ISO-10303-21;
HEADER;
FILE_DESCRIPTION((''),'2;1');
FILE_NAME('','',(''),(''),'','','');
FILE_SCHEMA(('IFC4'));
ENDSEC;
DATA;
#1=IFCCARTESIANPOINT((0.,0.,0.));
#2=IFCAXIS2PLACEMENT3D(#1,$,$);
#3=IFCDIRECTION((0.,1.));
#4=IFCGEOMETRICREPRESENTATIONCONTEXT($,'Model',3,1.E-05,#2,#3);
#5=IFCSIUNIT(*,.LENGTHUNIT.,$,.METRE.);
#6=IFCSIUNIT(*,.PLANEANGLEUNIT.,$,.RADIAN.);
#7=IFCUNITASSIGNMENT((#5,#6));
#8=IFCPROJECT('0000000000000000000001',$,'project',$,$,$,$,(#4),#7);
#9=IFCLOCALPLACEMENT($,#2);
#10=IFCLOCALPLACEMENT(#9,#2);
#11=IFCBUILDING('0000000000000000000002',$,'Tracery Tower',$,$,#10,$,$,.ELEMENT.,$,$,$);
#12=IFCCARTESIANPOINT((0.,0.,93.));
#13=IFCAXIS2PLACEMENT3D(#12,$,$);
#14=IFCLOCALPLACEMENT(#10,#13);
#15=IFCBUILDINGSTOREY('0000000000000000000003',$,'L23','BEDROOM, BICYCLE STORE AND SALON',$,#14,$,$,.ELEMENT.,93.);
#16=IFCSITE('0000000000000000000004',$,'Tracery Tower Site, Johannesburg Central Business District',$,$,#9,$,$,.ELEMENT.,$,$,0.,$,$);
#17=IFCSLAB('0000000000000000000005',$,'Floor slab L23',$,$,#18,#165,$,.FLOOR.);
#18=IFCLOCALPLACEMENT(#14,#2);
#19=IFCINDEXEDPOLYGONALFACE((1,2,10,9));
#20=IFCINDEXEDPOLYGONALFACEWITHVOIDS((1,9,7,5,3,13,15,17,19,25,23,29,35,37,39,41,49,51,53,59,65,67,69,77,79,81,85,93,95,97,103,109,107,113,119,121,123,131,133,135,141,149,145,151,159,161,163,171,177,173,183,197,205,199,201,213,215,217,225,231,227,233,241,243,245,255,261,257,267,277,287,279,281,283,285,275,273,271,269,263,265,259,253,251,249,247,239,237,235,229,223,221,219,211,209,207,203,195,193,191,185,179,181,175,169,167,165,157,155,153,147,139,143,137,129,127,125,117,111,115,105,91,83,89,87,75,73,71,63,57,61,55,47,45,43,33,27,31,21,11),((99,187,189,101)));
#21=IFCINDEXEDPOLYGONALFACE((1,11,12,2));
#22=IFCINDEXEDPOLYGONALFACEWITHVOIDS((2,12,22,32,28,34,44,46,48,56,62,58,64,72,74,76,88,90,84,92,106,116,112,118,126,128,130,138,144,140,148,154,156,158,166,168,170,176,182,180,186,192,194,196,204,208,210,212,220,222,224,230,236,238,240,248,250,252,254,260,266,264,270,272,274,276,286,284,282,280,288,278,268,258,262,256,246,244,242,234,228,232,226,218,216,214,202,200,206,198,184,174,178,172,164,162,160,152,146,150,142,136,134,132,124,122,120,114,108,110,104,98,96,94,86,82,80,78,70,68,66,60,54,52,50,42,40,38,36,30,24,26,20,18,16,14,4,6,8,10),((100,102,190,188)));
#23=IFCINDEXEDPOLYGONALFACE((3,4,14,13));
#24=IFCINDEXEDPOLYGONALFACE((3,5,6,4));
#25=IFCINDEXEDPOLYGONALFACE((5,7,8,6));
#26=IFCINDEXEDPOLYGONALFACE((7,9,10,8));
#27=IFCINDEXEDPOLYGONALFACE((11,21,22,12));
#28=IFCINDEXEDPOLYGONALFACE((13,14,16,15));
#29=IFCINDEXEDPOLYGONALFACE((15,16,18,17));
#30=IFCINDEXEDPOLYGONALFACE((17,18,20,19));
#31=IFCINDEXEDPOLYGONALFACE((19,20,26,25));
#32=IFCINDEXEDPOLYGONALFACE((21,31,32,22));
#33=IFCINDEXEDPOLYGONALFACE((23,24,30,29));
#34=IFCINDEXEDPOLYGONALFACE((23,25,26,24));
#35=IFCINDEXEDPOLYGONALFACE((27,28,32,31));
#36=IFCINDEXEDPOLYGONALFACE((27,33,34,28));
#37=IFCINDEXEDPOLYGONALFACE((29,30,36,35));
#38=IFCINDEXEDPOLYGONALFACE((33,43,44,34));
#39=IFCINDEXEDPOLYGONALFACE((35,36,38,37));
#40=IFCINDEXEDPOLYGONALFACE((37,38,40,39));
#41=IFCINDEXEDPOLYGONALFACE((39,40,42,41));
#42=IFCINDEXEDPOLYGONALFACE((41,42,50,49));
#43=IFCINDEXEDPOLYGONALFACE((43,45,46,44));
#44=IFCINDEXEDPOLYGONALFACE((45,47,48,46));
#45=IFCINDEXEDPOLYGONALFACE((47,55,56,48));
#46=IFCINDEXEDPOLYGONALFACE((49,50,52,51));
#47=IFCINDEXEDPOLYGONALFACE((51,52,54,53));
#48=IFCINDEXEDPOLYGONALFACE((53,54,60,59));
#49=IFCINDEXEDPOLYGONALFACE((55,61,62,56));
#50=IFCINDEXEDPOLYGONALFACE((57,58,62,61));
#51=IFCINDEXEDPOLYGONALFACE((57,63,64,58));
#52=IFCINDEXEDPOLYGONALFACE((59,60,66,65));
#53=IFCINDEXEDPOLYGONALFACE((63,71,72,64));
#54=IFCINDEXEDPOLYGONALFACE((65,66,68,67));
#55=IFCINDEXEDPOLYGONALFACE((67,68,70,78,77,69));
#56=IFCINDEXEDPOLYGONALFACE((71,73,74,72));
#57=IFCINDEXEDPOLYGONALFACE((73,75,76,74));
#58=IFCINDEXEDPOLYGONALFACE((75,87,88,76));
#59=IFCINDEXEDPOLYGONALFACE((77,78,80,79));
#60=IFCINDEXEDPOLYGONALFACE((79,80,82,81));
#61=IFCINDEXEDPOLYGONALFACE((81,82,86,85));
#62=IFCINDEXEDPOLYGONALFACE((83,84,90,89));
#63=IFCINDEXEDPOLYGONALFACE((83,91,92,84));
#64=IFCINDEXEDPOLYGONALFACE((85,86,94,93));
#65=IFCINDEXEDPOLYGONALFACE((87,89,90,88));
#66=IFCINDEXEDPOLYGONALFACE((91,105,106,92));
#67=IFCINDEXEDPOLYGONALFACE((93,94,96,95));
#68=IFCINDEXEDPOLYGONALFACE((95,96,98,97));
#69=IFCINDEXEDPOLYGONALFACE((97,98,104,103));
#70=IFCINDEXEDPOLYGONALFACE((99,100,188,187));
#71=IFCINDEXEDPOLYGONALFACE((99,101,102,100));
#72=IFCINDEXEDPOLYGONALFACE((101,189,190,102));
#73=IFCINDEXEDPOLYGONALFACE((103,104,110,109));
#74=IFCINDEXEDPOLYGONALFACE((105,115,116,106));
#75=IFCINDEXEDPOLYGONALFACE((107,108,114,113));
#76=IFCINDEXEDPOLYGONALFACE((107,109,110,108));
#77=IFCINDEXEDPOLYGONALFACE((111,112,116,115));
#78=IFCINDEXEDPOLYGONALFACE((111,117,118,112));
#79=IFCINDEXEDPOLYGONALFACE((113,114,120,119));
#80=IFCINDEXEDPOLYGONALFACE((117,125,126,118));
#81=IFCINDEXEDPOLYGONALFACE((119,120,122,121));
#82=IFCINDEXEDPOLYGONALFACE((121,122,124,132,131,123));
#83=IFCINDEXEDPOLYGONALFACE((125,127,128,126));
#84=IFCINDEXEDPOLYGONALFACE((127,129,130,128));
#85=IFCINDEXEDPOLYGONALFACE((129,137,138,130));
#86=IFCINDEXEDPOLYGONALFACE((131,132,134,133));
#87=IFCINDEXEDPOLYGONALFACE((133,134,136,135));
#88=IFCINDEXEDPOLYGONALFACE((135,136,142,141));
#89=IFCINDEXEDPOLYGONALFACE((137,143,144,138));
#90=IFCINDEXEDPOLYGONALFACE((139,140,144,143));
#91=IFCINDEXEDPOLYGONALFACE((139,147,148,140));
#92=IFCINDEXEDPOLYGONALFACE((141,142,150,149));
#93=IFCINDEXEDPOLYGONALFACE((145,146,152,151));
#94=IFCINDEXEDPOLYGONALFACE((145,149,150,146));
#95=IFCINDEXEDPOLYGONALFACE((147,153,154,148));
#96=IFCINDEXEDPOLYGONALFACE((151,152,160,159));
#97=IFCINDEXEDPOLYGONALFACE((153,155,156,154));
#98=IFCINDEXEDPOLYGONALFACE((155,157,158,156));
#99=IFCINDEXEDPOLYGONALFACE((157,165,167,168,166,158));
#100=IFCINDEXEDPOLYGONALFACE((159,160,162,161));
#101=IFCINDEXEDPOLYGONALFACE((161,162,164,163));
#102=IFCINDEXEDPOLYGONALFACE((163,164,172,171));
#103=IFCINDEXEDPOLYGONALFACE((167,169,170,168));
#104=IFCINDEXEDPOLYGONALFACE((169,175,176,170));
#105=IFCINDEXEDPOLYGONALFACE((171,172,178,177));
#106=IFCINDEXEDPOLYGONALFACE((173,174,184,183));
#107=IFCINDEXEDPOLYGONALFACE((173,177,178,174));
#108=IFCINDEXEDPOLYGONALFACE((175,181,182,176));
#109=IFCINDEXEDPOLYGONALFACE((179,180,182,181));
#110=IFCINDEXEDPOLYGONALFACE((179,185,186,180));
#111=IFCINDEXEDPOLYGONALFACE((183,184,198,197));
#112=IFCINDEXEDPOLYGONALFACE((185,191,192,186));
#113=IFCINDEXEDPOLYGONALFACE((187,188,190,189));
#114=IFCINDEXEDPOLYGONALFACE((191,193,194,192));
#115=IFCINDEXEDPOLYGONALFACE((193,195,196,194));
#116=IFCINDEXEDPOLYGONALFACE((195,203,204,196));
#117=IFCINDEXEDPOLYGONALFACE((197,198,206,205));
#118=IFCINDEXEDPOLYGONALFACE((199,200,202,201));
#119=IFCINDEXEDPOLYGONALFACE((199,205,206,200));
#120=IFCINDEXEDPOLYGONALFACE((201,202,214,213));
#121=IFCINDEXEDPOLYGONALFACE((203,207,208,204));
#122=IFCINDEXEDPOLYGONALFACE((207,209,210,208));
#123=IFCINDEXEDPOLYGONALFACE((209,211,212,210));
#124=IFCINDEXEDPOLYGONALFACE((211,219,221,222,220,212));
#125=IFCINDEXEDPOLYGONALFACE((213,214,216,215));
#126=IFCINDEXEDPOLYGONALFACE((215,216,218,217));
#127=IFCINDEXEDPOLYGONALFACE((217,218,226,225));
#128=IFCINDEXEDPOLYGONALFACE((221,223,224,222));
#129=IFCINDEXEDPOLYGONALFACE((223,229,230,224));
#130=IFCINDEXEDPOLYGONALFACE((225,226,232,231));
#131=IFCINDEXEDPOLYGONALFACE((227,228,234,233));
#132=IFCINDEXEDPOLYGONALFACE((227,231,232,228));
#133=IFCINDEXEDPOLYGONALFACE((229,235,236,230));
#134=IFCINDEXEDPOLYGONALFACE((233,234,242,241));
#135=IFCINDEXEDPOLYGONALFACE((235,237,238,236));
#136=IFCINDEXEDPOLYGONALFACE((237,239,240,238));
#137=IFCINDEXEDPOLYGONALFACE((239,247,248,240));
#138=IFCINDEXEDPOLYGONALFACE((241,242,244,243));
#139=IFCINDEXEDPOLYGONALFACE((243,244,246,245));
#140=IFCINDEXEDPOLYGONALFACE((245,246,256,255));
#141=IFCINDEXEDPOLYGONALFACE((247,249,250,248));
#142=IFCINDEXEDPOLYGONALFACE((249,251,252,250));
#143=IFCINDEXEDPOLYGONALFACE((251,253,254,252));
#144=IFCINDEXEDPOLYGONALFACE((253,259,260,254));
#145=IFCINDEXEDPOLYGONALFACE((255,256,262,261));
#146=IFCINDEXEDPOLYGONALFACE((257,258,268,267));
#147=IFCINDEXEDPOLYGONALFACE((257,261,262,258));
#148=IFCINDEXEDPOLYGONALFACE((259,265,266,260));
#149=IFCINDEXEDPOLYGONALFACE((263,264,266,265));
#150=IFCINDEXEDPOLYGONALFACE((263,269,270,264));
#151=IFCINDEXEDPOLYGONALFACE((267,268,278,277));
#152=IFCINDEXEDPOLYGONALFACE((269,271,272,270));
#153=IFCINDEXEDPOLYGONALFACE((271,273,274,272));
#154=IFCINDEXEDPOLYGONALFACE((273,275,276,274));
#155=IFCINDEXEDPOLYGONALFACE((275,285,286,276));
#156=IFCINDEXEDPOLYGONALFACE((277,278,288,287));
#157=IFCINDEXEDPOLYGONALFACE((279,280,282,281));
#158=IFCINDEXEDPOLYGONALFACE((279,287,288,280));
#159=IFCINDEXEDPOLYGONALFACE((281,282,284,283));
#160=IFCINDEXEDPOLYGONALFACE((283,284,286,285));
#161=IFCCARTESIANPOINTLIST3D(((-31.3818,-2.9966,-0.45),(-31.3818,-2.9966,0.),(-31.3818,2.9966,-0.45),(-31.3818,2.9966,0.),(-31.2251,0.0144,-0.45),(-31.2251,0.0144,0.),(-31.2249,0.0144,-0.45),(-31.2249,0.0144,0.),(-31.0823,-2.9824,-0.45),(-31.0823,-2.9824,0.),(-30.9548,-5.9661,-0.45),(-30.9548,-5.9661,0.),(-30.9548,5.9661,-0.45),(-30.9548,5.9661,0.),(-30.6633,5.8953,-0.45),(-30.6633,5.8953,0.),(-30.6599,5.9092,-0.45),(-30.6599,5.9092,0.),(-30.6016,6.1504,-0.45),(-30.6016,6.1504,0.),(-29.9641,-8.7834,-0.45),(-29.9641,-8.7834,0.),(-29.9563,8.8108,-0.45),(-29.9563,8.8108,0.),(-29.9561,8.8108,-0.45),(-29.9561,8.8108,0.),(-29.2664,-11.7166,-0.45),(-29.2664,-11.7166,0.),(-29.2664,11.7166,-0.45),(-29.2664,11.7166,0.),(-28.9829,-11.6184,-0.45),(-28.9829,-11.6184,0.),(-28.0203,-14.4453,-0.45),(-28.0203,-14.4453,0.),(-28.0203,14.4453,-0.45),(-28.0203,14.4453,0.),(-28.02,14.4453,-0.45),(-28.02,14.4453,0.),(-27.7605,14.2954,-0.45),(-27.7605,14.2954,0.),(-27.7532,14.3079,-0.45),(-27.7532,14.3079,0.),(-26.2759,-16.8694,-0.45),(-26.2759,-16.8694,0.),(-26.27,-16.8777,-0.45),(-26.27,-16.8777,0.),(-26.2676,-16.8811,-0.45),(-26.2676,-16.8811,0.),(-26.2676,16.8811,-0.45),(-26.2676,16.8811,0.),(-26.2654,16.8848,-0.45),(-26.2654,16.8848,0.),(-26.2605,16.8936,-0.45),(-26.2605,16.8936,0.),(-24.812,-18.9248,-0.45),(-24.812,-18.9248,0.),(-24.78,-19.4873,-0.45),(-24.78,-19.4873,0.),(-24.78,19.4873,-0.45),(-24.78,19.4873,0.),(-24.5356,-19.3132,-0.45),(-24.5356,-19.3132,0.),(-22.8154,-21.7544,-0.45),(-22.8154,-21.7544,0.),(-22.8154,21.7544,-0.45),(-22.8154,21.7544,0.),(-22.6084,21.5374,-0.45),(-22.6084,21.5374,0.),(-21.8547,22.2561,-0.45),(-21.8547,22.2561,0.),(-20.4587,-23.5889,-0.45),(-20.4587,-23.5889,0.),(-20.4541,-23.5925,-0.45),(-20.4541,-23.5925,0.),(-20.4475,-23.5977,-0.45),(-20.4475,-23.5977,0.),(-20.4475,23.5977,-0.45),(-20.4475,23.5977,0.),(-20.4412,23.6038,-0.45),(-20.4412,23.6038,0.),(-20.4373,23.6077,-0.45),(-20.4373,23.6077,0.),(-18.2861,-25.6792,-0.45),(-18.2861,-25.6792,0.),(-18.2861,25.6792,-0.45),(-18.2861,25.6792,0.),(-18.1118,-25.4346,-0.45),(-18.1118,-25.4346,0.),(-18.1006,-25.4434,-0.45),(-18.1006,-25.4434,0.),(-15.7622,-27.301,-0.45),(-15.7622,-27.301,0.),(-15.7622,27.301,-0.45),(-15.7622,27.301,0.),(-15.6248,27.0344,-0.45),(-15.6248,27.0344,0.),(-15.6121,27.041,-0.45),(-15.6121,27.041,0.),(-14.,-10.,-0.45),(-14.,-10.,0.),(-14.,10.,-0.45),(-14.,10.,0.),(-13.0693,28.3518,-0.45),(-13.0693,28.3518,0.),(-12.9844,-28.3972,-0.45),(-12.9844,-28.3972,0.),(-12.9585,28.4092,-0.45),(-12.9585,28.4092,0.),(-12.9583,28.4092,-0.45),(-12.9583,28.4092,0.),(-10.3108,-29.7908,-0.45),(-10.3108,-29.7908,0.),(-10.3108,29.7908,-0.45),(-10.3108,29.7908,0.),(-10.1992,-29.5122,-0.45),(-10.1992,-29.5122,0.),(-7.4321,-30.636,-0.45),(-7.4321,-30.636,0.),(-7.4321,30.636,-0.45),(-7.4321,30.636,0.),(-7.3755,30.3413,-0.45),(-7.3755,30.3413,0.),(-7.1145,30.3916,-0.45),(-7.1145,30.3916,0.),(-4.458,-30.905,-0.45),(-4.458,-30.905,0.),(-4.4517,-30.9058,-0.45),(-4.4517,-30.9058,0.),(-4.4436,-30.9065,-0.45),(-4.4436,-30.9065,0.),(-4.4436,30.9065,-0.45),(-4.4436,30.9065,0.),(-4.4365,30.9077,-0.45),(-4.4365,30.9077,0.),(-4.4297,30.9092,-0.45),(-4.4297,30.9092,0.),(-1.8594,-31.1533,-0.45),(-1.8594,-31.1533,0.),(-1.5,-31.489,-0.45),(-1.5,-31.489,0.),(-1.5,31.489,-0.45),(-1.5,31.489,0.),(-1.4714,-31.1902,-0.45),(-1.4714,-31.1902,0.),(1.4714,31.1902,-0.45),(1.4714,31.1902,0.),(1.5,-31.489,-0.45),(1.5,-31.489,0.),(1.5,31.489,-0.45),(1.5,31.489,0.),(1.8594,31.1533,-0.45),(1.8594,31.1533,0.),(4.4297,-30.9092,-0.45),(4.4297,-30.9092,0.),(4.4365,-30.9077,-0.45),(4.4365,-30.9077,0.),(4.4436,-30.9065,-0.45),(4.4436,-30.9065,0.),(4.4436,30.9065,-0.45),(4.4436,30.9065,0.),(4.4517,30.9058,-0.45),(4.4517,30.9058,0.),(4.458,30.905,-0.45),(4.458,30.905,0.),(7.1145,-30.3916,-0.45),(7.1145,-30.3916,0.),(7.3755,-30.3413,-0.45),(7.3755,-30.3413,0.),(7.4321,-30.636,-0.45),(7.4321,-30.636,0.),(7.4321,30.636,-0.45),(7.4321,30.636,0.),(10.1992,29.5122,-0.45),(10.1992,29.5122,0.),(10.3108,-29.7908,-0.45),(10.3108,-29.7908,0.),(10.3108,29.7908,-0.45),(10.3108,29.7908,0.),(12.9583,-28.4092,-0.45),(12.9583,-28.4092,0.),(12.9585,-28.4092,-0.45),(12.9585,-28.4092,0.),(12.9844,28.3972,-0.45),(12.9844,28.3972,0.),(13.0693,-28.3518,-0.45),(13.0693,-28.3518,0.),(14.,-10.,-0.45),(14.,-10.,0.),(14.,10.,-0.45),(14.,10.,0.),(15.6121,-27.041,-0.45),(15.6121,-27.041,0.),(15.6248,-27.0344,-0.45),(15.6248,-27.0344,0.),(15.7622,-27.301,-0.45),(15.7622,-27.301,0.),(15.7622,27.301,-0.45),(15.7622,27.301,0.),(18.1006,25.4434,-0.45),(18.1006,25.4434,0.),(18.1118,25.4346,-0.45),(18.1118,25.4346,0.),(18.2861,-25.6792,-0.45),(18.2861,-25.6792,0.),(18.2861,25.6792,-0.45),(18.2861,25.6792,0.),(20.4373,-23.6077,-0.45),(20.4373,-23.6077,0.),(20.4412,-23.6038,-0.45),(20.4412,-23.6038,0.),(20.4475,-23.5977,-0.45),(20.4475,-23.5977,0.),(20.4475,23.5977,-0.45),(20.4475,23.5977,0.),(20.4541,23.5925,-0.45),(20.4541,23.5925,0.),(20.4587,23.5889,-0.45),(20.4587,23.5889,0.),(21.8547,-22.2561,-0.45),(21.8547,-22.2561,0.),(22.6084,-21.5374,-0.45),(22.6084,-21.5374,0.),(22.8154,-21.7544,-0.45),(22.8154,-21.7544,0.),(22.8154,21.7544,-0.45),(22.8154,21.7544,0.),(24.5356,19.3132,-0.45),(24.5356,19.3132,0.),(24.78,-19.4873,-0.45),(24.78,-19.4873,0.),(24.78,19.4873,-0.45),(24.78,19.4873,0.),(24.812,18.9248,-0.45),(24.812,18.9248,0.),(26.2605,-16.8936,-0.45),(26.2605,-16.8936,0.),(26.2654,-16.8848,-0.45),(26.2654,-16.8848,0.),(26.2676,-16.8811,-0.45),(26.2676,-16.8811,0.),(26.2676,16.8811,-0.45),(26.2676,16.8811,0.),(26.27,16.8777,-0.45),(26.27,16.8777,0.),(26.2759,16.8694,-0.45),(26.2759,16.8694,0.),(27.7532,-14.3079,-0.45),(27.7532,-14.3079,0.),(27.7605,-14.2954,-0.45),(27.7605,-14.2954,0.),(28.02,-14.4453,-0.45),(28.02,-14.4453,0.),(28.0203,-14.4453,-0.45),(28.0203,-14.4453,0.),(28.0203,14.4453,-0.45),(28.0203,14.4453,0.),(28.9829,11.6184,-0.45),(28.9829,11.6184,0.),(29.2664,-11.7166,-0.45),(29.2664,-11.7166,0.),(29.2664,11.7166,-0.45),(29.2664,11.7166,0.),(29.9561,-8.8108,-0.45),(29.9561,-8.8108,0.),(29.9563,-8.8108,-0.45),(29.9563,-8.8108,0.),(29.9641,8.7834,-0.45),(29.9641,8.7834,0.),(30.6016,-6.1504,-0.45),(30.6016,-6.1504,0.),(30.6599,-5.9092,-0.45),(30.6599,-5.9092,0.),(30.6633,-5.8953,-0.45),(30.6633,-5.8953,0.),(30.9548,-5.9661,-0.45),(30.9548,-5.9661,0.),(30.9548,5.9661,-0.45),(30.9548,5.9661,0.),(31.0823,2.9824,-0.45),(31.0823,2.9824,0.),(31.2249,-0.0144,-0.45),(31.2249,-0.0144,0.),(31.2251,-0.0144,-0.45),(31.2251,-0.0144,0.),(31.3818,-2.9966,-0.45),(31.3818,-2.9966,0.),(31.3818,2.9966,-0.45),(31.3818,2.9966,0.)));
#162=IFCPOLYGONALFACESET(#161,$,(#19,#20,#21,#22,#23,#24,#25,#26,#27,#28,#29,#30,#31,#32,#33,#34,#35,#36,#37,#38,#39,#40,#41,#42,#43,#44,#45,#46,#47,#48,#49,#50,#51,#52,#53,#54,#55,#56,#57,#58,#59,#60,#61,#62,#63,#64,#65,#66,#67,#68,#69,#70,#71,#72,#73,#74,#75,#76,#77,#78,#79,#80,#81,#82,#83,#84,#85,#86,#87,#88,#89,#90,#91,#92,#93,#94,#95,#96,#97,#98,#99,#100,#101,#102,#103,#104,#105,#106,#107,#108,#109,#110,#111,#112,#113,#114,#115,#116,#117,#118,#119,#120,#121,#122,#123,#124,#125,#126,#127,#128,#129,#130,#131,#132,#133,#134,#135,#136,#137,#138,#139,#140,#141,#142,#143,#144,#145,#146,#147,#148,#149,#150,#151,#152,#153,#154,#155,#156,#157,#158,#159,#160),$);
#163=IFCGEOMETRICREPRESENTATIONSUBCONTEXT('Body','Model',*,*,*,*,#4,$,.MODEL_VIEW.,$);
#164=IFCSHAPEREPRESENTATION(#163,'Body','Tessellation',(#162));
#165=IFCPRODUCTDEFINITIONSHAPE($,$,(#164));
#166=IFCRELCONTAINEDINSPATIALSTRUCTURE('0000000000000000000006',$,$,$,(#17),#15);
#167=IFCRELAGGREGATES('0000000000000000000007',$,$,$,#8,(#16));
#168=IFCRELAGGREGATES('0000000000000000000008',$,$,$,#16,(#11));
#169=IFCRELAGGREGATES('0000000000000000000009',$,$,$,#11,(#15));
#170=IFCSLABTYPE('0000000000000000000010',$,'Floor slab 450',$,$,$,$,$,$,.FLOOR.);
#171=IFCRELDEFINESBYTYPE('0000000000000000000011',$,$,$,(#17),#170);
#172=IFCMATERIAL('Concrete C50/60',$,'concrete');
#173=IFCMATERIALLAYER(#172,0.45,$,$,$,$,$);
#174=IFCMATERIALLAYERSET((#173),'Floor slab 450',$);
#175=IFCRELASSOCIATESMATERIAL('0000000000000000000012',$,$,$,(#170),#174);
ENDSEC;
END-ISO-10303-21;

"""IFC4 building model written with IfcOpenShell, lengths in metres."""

from ifc_helpers import new_model, si_unit, direction, frame, origin, place, context, subcontext, project, spatial, polyline, outline, extrude, material, layer, layer_set, type_object, element, save


model = new_model("IFC4")

# Units and contexts
model_context = context("Model", 3, precision=1e-05, world=origin(), true_north=direction((0.0, 1.0)))
body_context = subcontext(model_context, "Body", "Model", "MODEL_VIEW")
ifc_project = project(units=[si_unit("LENGTHUNIT", "METRE"), si_unit("PLANEANGLEUNIT", "RADIAN")], contexts=[model_context])

# Site, building, storey
site_placement = place(None, origin())
site = spatial("IfcSite", under=ifc_project, at=site_placement, Name="Tracery Tower Site, Johannesburg Central Business District", CompositionType="ELEMENT", RefElevation=0.0)
building_placement = place(site_placement, origin())
building = spatial("IfcBuilding", under=site, at=building_placement, Name="Tracery Tower", CompositionType="ELEMENT")
storey_placement = place(building_placement, frame((0.0, 0.0, 93.0)))
storey = spatial("IfcBuildingStorey", under=building, at=storey_placement, Name="L23", Description="BEDROOM, BICYCLE STORE AND SALON", CompositionType="ELEMENT", Elevation=93.0)

# Slab
ifc_material_1 = material(Name="Concrete C50/60", Category="concrete")
ifc_layer_1 = layer(ifc_material_1, 0.45)
ifc_layer_set_1 = layer_set([ifc_layer_1], Name="Floor slab 450")
slab_type_1 = type_object("IfcSlabType", Name="Floor slab 450", PredefinedType="FLOOR", material=ifc_layer_set_1)
slab_1_placement = place(storey_placement, frame((0.0, 0.0, -0.45)))
element("IfcSlab", 1, at=slab_1_placement, inside=storey, type_object=slab_type_1, Name="Floor slab L23", PredefinedType="FLOOR", context=body_context, shape_type="SweptSolid", body=[
    extrude(outline(polyline([(29.9641, 8.7834), (29.9641, 8.7834), (28.9829, 11.6184), (29.2664, 11.7166), (28.0203, 14.4453), (26.2759, 16.8694), (26.2759, 16.8694), (26.27, 16.8777), (26.2676, 16.8811), (24.812, 18.9248), (24.5356, 19.3132), (24.78, 19.4873), (22.8154, 21.7544), (20.4587, 23.5889), (20.4587, 23.5889), (20.4541, 23.5925), (20.4475, 23.5977), (18.1118, 25.4346), (18.1118, 25.4346), (18.1006, 25.4434), (18.2861, 25.6792), (15.7622, 27.301), (12.9844, 28.3972), (12.9844, 28.3972), (10.1992, 29.5122), (10.3108, 29.7908), (7.4321, 30.636), (4.458, 30.905), (4.458, 30.905), (4.4517, 30.9058), (4.4436, 30.9065), (1.8594, 31.1533), (1.4714, 31.1902), (1.5, 31.489), (1.5, 31.489), (-1.5, 31.489), (-4.4297, 30.9092), (-4.4297, 30.9092), (-4.4365, 30.9077), (-4.4436, 30.9065), (-7.1145, 30.3916), (-7.3755, 30.3413), (-7.4321, 30.636), (-10.3108, 29.7908), (-12.9585, 28.4092), (-12.9583, 28.4092), (-13.0693, 28.3518), (-15.6121, 27.041), (-15.6121, 27.041), (-15.6248, 27.0344), (-15.7622, 27.301), (-15.7622, 27.301), (-18.2861, 25.6792), (-20.4373, 23.6077), (-20.4373, 23.6077), (-20.4412, 23.6038), (-20.4475, 23.5977), (-21.8547, 22.2561), (-22.6084, 21.5374), (-22.8154, 21.7544), (-24.78, 19.4873), (-26.2605, 16.8936), (-26.2605, 16.8936), (-26.2654, 16.8848), (-26.2676, 16.8811), (-27.7532, 14.3079), (-27.7532, 14.3079), (-27.7605, 14.2954), (-28.02, 14.4453), (-28.0203, 14.4453), (-29.2664, 11.7166), (-29.9563, 8.8108), (-29.9561, 8.8108), (-30.6016, 6.1504), (-30.6599, 5.9092), (-30.6599, 5.9092), (-30.6633, 5.8953), (-30.9548, 5.9661), (-31.3818, 2.9966), (-31.2251, 0.0144), (-31.2249, 0.0144), (-31.0823, -2.9824), (-31.3818, -2.9966), (-30.9548, -5.9661), (-29.9641, -8.7834), (-29.9641, -8.7834), (-28.9829, -11.6184), (-29.2664, -11.7166), (-28.0203, -14.4453), (-26.2759, -16.8694), (-26.2759, -16.8694), (-26.27, -16.8777), (-26.2676, -16.8811), (-24.812, -18.9248), (-24.5356, -19.3132), (-24.78, -19.4873), (-22.8154, -21.7544), (-20.4587, -23.5889), (-20.4587, -23.5889), (-20.4541, -23.5925), (-20.4475, -23.5977), (-18.1118, -25.4346), (-18.1118, -25.4346), (-18.1006, -25.4434), (-18.2861, -25.6792), (-15.7622, -27.301), (-12.9844, -28.3972), (-12.9844, -28.3972), (-10.1992, -29.5122), (-10.3108, -29.7908), (-7.4321, -30.636), (-4.458, -30.905), (-4.458, -30.905), (-4.4517, -30.9058), (-4.4436, -30.9065), (-1.8594, -31.1533), (-1.4714, -31.1902), (-1.5, -31.489), (-1.5, -31.489), (1.5, -31.489), (4.4297, -30.9092), (4.4297, -30.9092), (4.4365, -30.9077), (4.4436, -30.9065), (7.1145, -30.3916), (7.3755, -30.3413), (7.4321, -30.636), (10.3108, -29.7908), (12.9585, -28.4092), (12.9583, -28.4092), (13.0693, -28.3518), (15.6121, -27.041), (15.6121, -27.041), (15.6248, -27.0344), (15.7622, -27.301), (15.7622, -27.301), (18.2861, -25.6792), (20.4373, -23.6077), (20.4373, -23.6077), (20.4412, -23.6038), (20.4475, -23.5977), (21.8547, -22.2561), (22.6084, -21.5374), (22.8154, -21.7544), (24.78, -19.4873), (26.2605, -16.8936), (26.2605, -16.8936), (26.2654, -16.8848), (26.2676, -16.8811), (27.7532, -14.3079), (27.7532, -14.3079), (27.7605, -14.2954), (28.02, -14.4453), (28.0203, -14.4453), (29.2664, -11.7166), (29.9563, -8.8108), (29.9561, -8.8108), (30.6016, -6.1504), (30.6599, -5.9092), (30.6599, -5.9092), (30.6633, -5.8953), (30.9548, -5.9661), (31.3818, -2.9966), (31.2251, -0.0144), (31.2249, -0.0144), (31.0823, 2.9824), (31.3818, 2.9966), (30.9548, 5.9661), (29.9641, 8.7834)]), holes=[polyline([(-14.0, -10.0), (14.0, -10.0), (14.0, 10.0), (-14.0, 10.0), (-14.0, -10.0)])]), origin(), (0.0, 0.0, 1.0), 0.45),
])

save(model, "model.ifc")
